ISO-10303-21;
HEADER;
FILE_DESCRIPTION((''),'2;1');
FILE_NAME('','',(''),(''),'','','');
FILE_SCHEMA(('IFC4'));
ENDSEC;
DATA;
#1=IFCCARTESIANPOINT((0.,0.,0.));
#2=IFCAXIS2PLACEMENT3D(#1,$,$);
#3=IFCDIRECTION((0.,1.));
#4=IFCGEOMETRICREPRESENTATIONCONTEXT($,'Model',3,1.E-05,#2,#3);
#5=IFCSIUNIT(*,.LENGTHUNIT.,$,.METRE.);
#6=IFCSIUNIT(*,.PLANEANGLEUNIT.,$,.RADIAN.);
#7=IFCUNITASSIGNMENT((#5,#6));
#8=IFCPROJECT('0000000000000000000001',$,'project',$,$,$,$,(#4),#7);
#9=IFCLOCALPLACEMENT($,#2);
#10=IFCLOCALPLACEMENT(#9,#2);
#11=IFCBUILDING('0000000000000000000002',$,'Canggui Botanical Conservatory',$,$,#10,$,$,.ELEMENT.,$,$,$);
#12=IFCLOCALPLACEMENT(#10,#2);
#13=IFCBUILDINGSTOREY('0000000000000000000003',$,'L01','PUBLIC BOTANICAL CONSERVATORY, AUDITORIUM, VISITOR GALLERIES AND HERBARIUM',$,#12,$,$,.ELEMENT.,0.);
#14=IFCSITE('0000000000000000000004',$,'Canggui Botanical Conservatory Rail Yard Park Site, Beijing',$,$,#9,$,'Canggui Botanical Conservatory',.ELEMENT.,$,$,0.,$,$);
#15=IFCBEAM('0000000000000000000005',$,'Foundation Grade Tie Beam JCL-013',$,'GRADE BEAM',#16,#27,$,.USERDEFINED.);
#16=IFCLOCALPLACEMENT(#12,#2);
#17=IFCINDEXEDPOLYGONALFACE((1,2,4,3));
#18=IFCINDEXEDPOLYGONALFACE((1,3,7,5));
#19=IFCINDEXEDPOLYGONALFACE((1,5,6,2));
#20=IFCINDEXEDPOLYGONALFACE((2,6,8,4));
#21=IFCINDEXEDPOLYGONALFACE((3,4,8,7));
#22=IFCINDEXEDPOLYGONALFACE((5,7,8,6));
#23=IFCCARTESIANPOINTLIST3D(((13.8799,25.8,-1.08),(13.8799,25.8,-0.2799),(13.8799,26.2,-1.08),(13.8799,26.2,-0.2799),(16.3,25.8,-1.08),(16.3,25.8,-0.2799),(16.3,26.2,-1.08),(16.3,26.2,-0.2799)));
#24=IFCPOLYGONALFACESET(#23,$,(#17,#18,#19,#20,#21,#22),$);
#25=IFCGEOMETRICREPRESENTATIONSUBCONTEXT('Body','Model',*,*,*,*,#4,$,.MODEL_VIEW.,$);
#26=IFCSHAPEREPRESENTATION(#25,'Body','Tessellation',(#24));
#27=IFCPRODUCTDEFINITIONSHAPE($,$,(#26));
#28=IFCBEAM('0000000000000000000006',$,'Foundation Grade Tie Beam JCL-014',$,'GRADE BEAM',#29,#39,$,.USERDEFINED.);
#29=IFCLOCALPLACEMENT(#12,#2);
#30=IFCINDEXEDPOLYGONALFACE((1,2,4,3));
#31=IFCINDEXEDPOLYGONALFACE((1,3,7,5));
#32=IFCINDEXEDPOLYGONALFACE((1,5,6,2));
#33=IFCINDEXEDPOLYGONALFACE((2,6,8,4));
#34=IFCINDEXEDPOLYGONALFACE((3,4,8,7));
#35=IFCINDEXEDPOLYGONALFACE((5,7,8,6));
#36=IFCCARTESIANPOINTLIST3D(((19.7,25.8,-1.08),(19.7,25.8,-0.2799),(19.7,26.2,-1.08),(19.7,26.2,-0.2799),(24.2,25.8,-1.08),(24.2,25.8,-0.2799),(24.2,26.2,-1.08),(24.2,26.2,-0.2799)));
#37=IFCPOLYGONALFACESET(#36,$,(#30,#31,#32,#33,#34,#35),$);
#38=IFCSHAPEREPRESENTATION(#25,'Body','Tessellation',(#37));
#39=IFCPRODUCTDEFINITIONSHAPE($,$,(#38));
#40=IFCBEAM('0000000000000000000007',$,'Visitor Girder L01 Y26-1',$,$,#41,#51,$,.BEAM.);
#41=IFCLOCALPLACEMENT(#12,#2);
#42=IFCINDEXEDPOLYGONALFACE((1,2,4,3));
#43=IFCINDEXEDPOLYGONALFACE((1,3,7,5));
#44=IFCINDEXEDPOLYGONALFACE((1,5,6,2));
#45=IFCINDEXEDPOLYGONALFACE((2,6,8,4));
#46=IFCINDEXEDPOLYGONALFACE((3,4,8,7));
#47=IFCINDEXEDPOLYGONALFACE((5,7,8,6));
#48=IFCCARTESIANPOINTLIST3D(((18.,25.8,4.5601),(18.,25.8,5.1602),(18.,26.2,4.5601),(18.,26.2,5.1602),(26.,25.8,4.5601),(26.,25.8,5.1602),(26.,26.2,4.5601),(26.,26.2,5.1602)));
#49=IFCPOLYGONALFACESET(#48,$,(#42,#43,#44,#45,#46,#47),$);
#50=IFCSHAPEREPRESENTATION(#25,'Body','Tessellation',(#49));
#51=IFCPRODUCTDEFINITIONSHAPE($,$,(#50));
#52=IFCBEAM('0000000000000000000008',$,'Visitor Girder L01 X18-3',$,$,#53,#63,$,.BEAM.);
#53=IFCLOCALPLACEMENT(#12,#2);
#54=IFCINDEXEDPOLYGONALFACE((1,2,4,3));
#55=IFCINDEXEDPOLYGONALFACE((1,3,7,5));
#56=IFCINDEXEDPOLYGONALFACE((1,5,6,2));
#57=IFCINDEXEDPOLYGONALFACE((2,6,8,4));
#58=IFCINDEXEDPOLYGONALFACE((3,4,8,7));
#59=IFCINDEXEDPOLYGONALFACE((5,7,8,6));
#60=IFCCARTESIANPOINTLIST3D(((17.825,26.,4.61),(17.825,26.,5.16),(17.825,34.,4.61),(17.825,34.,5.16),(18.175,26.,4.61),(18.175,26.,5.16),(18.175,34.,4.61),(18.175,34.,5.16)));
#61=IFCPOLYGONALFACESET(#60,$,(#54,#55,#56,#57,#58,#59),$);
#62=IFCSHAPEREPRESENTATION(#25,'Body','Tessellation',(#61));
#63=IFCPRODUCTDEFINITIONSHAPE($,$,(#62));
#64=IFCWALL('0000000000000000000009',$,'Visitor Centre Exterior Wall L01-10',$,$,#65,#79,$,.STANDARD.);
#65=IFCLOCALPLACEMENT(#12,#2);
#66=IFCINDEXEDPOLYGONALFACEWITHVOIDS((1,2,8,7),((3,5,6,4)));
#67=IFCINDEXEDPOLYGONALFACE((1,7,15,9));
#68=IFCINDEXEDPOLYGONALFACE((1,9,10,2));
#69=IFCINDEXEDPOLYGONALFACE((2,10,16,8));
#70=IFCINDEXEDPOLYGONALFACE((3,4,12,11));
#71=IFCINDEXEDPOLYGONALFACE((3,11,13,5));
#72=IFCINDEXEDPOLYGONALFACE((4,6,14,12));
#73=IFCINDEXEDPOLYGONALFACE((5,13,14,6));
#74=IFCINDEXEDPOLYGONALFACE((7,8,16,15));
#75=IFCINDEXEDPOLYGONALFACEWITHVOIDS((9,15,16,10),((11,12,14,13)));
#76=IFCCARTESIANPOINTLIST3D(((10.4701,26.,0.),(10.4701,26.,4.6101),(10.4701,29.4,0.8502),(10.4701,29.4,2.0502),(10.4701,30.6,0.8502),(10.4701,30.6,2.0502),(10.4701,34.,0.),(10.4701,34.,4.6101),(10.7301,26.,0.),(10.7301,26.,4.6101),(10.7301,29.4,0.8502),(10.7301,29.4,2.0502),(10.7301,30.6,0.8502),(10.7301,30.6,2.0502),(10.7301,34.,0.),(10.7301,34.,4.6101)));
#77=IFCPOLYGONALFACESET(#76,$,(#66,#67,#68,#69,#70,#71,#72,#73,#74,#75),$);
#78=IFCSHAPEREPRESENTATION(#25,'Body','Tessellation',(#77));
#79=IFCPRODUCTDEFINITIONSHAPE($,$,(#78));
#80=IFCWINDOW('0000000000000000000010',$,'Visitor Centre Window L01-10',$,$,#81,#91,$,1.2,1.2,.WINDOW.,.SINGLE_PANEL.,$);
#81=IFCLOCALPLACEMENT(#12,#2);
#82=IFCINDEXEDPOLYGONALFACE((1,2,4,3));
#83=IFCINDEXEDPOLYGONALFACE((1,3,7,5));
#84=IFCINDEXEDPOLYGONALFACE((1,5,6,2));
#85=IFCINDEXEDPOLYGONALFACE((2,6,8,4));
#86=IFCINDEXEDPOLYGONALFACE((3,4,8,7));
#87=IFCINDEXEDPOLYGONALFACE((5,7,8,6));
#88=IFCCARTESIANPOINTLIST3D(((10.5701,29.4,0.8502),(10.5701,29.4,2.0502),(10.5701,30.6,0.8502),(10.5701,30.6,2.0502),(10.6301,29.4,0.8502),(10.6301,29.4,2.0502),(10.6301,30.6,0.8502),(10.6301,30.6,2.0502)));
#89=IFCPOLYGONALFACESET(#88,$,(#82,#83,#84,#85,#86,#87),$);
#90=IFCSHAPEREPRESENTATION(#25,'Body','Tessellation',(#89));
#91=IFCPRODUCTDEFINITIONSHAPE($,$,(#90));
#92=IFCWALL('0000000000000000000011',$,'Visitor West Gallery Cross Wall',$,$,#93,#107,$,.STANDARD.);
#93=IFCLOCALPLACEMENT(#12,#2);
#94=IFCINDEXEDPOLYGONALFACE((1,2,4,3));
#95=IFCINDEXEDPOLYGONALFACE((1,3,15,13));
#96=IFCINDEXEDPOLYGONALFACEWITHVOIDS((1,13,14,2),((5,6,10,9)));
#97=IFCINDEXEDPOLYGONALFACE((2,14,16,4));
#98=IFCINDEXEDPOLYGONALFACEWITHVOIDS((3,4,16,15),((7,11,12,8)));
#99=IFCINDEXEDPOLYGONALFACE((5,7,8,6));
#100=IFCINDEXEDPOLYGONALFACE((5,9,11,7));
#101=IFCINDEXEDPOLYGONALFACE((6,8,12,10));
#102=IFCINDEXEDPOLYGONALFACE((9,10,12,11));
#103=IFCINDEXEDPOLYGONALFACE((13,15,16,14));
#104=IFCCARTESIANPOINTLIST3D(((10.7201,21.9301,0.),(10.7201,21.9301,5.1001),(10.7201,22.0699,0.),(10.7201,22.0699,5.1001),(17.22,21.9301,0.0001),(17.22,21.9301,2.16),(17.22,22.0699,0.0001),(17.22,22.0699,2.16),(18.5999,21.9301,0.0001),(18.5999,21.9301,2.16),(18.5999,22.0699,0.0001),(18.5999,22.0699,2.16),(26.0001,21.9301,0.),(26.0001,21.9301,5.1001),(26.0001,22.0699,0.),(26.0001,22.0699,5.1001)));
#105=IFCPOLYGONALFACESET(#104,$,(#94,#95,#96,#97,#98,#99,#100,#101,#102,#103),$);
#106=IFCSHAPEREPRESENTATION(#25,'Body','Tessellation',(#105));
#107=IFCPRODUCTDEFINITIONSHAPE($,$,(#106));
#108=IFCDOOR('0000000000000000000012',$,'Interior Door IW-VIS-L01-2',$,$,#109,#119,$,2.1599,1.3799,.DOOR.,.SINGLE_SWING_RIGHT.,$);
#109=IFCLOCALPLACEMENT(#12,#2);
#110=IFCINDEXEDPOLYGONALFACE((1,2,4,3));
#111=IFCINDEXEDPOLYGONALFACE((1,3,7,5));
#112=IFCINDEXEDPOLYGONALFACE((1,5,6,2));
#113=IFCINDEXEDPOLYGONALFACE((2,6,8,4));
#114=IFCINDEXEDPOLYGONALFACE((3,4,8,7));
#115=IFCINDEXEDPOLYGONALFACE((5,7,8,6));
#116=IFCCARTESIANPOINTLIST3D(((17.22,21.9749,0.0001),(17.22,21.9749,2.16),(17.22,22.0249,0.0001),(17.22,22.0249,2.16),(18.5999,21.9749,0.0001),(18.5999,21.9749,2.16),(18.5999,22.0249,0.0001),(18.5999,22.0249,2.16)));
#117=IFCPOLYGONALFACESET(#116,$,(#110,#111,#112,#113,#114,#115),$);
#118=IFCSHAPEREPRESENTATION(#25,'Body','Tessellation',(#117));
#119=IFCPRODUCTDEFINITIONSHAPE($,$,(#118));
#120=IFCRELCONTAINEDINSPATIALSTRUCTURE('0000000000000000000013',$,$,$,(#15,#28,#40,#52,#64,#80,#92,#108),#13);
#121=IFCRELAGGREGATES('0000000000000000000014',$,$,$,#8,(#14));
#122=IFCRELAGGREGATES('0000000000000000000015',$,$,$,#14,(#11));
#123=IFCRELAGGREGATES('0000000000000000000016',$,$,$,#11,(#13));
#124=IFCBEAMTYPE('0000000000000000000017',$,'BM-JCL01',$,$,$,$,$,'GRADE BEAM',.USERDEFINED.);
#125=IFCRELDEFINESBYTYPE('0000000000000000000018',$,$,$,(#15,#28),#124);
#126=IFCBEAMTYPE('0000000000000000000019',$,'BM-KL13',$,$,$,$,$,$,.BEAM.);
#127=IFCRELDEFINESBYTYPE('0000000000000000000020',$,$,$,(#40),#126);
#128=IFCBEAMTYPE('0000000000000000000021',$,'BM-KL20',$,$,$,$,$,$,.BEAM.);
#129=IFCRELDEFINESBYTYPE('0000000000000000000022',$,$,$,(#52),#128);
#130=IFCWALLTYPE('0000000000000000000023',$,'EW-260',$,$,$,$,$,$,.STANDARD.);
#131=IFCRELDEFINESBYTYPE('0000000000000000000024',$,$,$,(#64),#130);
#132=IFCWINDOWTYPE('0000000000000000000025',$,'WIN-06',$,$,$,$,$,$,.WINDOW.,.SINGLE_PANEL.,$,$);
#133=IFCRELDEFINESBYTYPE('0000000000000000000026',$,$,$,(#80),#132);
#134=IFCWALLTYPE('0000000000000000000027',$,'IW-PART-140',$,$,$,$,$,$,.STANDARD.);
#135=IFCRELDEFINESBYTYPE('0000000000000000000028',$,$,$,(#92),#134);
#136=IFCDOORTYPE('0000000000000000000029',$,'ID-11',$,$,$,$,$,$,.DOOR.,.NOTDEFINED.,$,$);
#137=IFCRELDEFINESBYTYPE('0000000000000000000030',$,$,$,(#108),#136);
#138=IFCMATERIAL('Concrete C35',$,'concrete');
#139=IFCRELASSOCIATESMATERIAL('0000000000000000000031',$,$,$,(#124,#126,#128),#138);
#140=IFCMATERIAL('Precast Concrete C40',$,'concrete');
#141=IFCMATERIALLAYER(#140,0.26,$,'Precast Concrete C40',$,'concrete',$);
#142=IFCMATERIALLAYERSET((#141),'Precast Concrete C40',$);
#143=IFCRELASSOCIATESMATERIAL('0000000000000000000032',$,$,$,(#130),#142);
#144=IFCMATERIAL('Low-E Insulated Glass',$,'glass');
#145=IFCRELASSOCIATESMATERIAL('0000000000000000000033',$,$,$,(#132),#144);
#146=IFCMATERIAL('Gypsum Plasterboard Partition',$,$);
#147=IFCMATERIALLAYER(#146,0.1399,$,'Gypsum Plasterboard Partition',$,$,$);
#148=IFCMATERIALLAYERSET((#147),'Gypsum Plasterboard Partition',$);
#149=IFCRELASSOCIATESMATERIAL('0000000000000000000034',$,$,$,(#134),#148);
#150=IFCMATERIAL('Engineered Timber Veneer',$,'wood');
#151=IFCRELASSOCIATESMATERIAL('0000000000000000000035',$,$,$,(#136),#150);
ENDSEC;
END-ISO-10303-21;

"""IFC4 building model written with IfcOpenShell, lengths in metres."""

from ifc_helpers import new_model, si_unit, direction, frame, frame_2d, origin, origin_2d, place, context, subcontext, project, spatial, rectangle, extrude, material, layer, layer_set, material_profile, profile_set, type_object, element, fill, save


model = new_model("IFC4")

# Units and contexts
model_context = context("Model", 3, precision=1e-05, world=origin(), true_north=direction((0.0, 1.0)))
body_context = subcontext(model_context, "Body", "Model", "MODEL_VIEW")
ifc_project = project(units=[si_unit("LENGTHUNIT", "METRE"), si_unit("PLANEANGLEUNIT", "RADIAN")], contexts=[model_context])

# Site, building, storey
site_placement = place(None, origin())
site = spatial("IfcSite", under=ifc_project, at=site_placement, Name="Canggui Botanical Conservatory Rail Yard Park Site, Beijing", LongName="Canggui Botanical Conservatory", CompositionType="ELEMENT", RefElevation=0.0)
building_placement = place(site_placement, origin())
building = spatial("IfcBuilding", under=site, at=building_placement, Name="Canggui Botanical Conservatory", CompositionType="ELEMENT")
storey_placement = place(building_placement, origin())
storey = spatial("IfcBuildingStorey", under=building, at=storey_placement, Name="L01", Description="PUBLIC BOTANICAL CONSERVATORY, AUDITORIUM, VISITOR GALLERIES AND HERBARIUM", CompositionType="ELEMENT", Elevation=0.0)

# Shared definitions
ifc_material_1 = material(Name="Concrete C35", Category="concrete")

# Beams
ifc_material_profile_1 = material_profile(ifc_material_1, rectangle(XDim=0.3999, YDim=0.8, at=origin_2d()), Name="RB 400x800")
ifc_profile_set_1 = profile_set([ifc_material_profile_1], Name="Concrete C35")
beam_type_1 = type_object("IfcBeamType", Name="BM-JCL01", ElementType="GRADE BEAM", PredefinedType="USERDEFINED", material=ifc_profile_set_1)
beam_1_placement = place(storey_placement, frame((13.8799, 26.0, -0.6799), z_axis=(1.0, 0.0, 0.0), x_axis=(0.0, 1.0, 0.0)))
element("IfcBeam", 1, at=beam_1_placement, inside=storey, type_object=beam_type_1, Name="Foundation Grade Tie Beam JCL-013", ObjectType="GRADE BEAM", PredefinedType="USERDEFINED", context=body_context, shape_type="SweptSolid", body=[
    extrude(rectangle(XDim=0.3999, YDim=0.8, at=origin_2d()), origin(), (0.0, 0.0, 1.0), 2.4202),
])
beam_2_placement = place(storey_placement, frame((19.7, 26.0, -0.6799), z_axis=(1.0, 0.0, 0.0), x_axis=(0.0, 1.0, 0.0)))
element("IfcBeam", 2, at=beam_2_placement, inside=storey, type_object=beam_type_1, Name="Foundation Grade Tie Beam JCL-014", ObjectType="GRADE BEAM", PredefinedType="USERDEFINED", context=body_context, shape_type="SweptSolid", body=[
    extrude(rectangle(XDim=0.3999, YDim=0.8, at=origin_2d()), origin(), (0.0, 0.0, 1.0), 4.5),
])
ifc_material_profile_2 = material_profile(ifc_material_1, rectangle(XDim=0.3999, YDim=0.6001, at=origin_2d()), Name="RB 400x600")
ifc_profile_set_2 = profile_set([ifc_material_profile_2], Name="Concrete C35")
beam_type_2 = type_object("IfcBeamType", Name="BM-KL13", PredefinedType="BEAM", material=ifc_profile_set_2)
beam_3_placement = place(storey_placement, frame((18.0, 26.0, 4.8601), z_axis=(1.0, 0.0, 0.0), x_axis=(0.0, 1.0, 0.0)))
element("IfcBeam", 3, at=beam_3_placement, inside=storey, type_object=beam_type_2, Name="Visitor Girder L01 Y26-1", PredefinedType="BEAM", context=body_context, shape_type="SweptSolid", body=[
    extrude(rectangle(XDim=0.3999, YDim=0.6001, at=origin_2d()), origin(), (0.0, 0.0, 1.0), 8.0),
])
ifc_material_profile_3 = material_profile(ifc_material_1, rectangle(XDim=0.3501, YDim=0.55, at=origin_2d()), Name="RB 350x550")
ifc_profile_set_3 = profile_set([ifc_material_profile_3], Name="Concrete C35")
beam_type_3 = type_object("IfcBeamType", Name="BM-KL20", PredefinedType="BEAM", material=ifc_profile_set_3)
beam_4_placement = place(storey_placement, frame((18.0, 26.0, 4.885), z_axis=(0.0, 1.0, 0.0), x_axis=(-1.0, 0.0, 0.0)))
element("IfcBeam", 4, at=beam_4_placement, inside=storey, type_object=beam_type_3, Name="Visitor Girder L01 X18-3", PredefinedType="BEAM", context=body_context, shape_type="SweptSolid", body=[
    extrude(rectangle(XDim=0.3501, YDim=0.55, at=origin_2d()), origin(), (0.0, 0.0, 1.0), 8.0),
])

# Wall, opening, window
ifc_material_2 = material(Name="Precast Concrete C40", Category="concrete")
ifc_layer_1 = layer(ifc_material_2, 0.26, Name="Precast Concrete C40", Category="concrete")
ifc_layer_set_1 = layer_set([ifc_layer_1], Name="Precast Concrete C40")
wall_type_1 = type_object("IfcWallType", Name="EW-260", PredefinedType="STANDARD", material=ifc_layer_set_1)
wall_1_placement = place(storey_placement, frame((10.6001, 26.0, 0.0), z_axis=(0.0, 0.0, 1.0), x_axis=(0.0, 1.0, 0.0)))
wall_1 = element("IfcWall", 5, at=wall_1_placement, inside=storey, type_object=wall_type_1, Name="Visitor Centre Exterior Wall L01-10", PredefinedType="STANDARD", context=body_context, shape_type="SweptSolid", body=[
    extrude(rectangle(XDim=8.0, YDim=0.26, at=frame_2d((4.0, 0.0))), origin(), (0.0, 0.0, 1.0), 4.6101),
])
opening_1_placement = place(wall_1_placement, frame((3.3999, 0.0, 0.8501)))
opening_1 = element("IfcOpeningElement", 6, at=opening_1_placement, cuts=wall_1, PredefinedType="OPENING", context=body_context, shape_type="SweptSolid", body=[
    extrude(rectangle(XDim=1.2, YDim=1.2, at=frame_2d((0.6001, 0.6001))), frame((0.0, 0.1401, 0.0), z_axis=(0.0, -1.0, 0.0), x_axis=(1.0, 0.0, 0.0)), (0.0, 0.0, 1.0), 0.28),
])
ifc_material_3 = material(Name="Low-E Insulated Glass", Category="glass")
window_type = type_object("IfcWindowType", Name="WIN-06", PartitioningType="SINGLE_PANEL", PredefinedType="WINDOW", material=ifc_material_3)
window_placement = place(opening_1_placement, origin())
window = element("IfcWindow", 7, at=window_placement, inside=storey, type_object=window_type, Name="Visitor Centre Window L01-10", OverallHeight=1.2, OverallWidth=1.2, PartitioningType="SINGLE_PANEL", PredefinedType="WINDOW", context=body_context, shape_type="SweptSolid", body=[
    extrude(rectangle(XDim=1.2, YDim=1.2, at=frame_2d((0.6001, 0.6001))), frame((0.0, 0.03, 0.0), z_axis=(0.0, -1.0, 0.0), x_axis=(1.0, 0.0, 0.0)), (0.0, 0.0, 1.0), 0.0601),
])
fill(opening_1, window)

# Wall, opening, door
ifc_material_4 = material(Name="Gypsum Plasterboard Partition")
ifc_layer_2 = layer(ifc_material_4, 0.1399, Name="Gypsum Plasterboard Partition")
ifc_layer_set_2 = layer_set([ifc_layer_2], Name="Gypsum Plasterboard Partition")
wall_type_2 = type_object("IfcWallType", Name="IW-PART-140", PredefinedType="STANDARD", material=ifc_layer_set_2)
wall_2_placement = place(storey_placement, frame((10.72, 22.0, 0.0), z_axis=(0.0, 0.0, 1.0), x_axis=(1.0, 0.0, 0.0)))
wall_2 = element("IfcWall", 8, at=wall_2_placement, inside=storey, type_object=wall_type_2, Name="Visitor West Gallery Cross Wall", PredefinedType="STANDARD", context=body_context, shape_type="SweptSolid", body=[
    extrude(rectangle(XDim=15.28, YDim=0.1399, at=frame_2d((7.6401, 0.0))), origin(), (0.0, 0.0, 1.0), 5.1001),
])
opening_2_placement = place(wall_2_placement, frame((6.5, 0.0, 0.0)))
opening_2 = element("IfcOpeningElement", 9, at=opening_2_placement, cuts=wall_2, PredefinedType="OPENING", context=body_context, shape_type="SweptSolid", body=[
    extrude(rectangle(XDim=1.3799, YDim=2.1599, at=frame_2d((0.6899, 1.0801))), frame((0.0, 0.0801, 0.0), z_axis=(0.0, -1.0, 0.0), x_axis=(1.0, 0.0, 0.0)), (0.0, 0.0, 1.0), 0.1599),
])
ifc_material_5 = material(Name="Engineered Timber Veneer", Category="wood")
door_type = type_object("IfcDoorType", Name="ID-11", OperationType="NOTDEFINED", PredefinedType="DOOR", material=ifc_material_5)
door_placement = place(opening_2_placement, origin())
door = element("IfcDoor", 10, at=door_placement, inside=storey, type_object=door_type, Name="Interior Door IW-VIS-L01-2", OperationType="SINGLE_SWING_RIGHT", OverallHeight=2.1599, OverallWidth=1.3799, PredefinedType="DOOR", context=body_context, shape_type="SweptSolid", body=[
    extrude(rectangle(XDim=1.3799, YDim=2.1599, at=frame_2d((0.6899, 1.0801))), frame((0.0, 0.0249, 0.0), z_axis=(0.0, -1.0, 0.0), x_axis=(1.0, 0.0, 0.0)), (0.0, 0.0, 1.0), 0.05),
])
fill(opening_2, door)

save(model, "model.ifc")
